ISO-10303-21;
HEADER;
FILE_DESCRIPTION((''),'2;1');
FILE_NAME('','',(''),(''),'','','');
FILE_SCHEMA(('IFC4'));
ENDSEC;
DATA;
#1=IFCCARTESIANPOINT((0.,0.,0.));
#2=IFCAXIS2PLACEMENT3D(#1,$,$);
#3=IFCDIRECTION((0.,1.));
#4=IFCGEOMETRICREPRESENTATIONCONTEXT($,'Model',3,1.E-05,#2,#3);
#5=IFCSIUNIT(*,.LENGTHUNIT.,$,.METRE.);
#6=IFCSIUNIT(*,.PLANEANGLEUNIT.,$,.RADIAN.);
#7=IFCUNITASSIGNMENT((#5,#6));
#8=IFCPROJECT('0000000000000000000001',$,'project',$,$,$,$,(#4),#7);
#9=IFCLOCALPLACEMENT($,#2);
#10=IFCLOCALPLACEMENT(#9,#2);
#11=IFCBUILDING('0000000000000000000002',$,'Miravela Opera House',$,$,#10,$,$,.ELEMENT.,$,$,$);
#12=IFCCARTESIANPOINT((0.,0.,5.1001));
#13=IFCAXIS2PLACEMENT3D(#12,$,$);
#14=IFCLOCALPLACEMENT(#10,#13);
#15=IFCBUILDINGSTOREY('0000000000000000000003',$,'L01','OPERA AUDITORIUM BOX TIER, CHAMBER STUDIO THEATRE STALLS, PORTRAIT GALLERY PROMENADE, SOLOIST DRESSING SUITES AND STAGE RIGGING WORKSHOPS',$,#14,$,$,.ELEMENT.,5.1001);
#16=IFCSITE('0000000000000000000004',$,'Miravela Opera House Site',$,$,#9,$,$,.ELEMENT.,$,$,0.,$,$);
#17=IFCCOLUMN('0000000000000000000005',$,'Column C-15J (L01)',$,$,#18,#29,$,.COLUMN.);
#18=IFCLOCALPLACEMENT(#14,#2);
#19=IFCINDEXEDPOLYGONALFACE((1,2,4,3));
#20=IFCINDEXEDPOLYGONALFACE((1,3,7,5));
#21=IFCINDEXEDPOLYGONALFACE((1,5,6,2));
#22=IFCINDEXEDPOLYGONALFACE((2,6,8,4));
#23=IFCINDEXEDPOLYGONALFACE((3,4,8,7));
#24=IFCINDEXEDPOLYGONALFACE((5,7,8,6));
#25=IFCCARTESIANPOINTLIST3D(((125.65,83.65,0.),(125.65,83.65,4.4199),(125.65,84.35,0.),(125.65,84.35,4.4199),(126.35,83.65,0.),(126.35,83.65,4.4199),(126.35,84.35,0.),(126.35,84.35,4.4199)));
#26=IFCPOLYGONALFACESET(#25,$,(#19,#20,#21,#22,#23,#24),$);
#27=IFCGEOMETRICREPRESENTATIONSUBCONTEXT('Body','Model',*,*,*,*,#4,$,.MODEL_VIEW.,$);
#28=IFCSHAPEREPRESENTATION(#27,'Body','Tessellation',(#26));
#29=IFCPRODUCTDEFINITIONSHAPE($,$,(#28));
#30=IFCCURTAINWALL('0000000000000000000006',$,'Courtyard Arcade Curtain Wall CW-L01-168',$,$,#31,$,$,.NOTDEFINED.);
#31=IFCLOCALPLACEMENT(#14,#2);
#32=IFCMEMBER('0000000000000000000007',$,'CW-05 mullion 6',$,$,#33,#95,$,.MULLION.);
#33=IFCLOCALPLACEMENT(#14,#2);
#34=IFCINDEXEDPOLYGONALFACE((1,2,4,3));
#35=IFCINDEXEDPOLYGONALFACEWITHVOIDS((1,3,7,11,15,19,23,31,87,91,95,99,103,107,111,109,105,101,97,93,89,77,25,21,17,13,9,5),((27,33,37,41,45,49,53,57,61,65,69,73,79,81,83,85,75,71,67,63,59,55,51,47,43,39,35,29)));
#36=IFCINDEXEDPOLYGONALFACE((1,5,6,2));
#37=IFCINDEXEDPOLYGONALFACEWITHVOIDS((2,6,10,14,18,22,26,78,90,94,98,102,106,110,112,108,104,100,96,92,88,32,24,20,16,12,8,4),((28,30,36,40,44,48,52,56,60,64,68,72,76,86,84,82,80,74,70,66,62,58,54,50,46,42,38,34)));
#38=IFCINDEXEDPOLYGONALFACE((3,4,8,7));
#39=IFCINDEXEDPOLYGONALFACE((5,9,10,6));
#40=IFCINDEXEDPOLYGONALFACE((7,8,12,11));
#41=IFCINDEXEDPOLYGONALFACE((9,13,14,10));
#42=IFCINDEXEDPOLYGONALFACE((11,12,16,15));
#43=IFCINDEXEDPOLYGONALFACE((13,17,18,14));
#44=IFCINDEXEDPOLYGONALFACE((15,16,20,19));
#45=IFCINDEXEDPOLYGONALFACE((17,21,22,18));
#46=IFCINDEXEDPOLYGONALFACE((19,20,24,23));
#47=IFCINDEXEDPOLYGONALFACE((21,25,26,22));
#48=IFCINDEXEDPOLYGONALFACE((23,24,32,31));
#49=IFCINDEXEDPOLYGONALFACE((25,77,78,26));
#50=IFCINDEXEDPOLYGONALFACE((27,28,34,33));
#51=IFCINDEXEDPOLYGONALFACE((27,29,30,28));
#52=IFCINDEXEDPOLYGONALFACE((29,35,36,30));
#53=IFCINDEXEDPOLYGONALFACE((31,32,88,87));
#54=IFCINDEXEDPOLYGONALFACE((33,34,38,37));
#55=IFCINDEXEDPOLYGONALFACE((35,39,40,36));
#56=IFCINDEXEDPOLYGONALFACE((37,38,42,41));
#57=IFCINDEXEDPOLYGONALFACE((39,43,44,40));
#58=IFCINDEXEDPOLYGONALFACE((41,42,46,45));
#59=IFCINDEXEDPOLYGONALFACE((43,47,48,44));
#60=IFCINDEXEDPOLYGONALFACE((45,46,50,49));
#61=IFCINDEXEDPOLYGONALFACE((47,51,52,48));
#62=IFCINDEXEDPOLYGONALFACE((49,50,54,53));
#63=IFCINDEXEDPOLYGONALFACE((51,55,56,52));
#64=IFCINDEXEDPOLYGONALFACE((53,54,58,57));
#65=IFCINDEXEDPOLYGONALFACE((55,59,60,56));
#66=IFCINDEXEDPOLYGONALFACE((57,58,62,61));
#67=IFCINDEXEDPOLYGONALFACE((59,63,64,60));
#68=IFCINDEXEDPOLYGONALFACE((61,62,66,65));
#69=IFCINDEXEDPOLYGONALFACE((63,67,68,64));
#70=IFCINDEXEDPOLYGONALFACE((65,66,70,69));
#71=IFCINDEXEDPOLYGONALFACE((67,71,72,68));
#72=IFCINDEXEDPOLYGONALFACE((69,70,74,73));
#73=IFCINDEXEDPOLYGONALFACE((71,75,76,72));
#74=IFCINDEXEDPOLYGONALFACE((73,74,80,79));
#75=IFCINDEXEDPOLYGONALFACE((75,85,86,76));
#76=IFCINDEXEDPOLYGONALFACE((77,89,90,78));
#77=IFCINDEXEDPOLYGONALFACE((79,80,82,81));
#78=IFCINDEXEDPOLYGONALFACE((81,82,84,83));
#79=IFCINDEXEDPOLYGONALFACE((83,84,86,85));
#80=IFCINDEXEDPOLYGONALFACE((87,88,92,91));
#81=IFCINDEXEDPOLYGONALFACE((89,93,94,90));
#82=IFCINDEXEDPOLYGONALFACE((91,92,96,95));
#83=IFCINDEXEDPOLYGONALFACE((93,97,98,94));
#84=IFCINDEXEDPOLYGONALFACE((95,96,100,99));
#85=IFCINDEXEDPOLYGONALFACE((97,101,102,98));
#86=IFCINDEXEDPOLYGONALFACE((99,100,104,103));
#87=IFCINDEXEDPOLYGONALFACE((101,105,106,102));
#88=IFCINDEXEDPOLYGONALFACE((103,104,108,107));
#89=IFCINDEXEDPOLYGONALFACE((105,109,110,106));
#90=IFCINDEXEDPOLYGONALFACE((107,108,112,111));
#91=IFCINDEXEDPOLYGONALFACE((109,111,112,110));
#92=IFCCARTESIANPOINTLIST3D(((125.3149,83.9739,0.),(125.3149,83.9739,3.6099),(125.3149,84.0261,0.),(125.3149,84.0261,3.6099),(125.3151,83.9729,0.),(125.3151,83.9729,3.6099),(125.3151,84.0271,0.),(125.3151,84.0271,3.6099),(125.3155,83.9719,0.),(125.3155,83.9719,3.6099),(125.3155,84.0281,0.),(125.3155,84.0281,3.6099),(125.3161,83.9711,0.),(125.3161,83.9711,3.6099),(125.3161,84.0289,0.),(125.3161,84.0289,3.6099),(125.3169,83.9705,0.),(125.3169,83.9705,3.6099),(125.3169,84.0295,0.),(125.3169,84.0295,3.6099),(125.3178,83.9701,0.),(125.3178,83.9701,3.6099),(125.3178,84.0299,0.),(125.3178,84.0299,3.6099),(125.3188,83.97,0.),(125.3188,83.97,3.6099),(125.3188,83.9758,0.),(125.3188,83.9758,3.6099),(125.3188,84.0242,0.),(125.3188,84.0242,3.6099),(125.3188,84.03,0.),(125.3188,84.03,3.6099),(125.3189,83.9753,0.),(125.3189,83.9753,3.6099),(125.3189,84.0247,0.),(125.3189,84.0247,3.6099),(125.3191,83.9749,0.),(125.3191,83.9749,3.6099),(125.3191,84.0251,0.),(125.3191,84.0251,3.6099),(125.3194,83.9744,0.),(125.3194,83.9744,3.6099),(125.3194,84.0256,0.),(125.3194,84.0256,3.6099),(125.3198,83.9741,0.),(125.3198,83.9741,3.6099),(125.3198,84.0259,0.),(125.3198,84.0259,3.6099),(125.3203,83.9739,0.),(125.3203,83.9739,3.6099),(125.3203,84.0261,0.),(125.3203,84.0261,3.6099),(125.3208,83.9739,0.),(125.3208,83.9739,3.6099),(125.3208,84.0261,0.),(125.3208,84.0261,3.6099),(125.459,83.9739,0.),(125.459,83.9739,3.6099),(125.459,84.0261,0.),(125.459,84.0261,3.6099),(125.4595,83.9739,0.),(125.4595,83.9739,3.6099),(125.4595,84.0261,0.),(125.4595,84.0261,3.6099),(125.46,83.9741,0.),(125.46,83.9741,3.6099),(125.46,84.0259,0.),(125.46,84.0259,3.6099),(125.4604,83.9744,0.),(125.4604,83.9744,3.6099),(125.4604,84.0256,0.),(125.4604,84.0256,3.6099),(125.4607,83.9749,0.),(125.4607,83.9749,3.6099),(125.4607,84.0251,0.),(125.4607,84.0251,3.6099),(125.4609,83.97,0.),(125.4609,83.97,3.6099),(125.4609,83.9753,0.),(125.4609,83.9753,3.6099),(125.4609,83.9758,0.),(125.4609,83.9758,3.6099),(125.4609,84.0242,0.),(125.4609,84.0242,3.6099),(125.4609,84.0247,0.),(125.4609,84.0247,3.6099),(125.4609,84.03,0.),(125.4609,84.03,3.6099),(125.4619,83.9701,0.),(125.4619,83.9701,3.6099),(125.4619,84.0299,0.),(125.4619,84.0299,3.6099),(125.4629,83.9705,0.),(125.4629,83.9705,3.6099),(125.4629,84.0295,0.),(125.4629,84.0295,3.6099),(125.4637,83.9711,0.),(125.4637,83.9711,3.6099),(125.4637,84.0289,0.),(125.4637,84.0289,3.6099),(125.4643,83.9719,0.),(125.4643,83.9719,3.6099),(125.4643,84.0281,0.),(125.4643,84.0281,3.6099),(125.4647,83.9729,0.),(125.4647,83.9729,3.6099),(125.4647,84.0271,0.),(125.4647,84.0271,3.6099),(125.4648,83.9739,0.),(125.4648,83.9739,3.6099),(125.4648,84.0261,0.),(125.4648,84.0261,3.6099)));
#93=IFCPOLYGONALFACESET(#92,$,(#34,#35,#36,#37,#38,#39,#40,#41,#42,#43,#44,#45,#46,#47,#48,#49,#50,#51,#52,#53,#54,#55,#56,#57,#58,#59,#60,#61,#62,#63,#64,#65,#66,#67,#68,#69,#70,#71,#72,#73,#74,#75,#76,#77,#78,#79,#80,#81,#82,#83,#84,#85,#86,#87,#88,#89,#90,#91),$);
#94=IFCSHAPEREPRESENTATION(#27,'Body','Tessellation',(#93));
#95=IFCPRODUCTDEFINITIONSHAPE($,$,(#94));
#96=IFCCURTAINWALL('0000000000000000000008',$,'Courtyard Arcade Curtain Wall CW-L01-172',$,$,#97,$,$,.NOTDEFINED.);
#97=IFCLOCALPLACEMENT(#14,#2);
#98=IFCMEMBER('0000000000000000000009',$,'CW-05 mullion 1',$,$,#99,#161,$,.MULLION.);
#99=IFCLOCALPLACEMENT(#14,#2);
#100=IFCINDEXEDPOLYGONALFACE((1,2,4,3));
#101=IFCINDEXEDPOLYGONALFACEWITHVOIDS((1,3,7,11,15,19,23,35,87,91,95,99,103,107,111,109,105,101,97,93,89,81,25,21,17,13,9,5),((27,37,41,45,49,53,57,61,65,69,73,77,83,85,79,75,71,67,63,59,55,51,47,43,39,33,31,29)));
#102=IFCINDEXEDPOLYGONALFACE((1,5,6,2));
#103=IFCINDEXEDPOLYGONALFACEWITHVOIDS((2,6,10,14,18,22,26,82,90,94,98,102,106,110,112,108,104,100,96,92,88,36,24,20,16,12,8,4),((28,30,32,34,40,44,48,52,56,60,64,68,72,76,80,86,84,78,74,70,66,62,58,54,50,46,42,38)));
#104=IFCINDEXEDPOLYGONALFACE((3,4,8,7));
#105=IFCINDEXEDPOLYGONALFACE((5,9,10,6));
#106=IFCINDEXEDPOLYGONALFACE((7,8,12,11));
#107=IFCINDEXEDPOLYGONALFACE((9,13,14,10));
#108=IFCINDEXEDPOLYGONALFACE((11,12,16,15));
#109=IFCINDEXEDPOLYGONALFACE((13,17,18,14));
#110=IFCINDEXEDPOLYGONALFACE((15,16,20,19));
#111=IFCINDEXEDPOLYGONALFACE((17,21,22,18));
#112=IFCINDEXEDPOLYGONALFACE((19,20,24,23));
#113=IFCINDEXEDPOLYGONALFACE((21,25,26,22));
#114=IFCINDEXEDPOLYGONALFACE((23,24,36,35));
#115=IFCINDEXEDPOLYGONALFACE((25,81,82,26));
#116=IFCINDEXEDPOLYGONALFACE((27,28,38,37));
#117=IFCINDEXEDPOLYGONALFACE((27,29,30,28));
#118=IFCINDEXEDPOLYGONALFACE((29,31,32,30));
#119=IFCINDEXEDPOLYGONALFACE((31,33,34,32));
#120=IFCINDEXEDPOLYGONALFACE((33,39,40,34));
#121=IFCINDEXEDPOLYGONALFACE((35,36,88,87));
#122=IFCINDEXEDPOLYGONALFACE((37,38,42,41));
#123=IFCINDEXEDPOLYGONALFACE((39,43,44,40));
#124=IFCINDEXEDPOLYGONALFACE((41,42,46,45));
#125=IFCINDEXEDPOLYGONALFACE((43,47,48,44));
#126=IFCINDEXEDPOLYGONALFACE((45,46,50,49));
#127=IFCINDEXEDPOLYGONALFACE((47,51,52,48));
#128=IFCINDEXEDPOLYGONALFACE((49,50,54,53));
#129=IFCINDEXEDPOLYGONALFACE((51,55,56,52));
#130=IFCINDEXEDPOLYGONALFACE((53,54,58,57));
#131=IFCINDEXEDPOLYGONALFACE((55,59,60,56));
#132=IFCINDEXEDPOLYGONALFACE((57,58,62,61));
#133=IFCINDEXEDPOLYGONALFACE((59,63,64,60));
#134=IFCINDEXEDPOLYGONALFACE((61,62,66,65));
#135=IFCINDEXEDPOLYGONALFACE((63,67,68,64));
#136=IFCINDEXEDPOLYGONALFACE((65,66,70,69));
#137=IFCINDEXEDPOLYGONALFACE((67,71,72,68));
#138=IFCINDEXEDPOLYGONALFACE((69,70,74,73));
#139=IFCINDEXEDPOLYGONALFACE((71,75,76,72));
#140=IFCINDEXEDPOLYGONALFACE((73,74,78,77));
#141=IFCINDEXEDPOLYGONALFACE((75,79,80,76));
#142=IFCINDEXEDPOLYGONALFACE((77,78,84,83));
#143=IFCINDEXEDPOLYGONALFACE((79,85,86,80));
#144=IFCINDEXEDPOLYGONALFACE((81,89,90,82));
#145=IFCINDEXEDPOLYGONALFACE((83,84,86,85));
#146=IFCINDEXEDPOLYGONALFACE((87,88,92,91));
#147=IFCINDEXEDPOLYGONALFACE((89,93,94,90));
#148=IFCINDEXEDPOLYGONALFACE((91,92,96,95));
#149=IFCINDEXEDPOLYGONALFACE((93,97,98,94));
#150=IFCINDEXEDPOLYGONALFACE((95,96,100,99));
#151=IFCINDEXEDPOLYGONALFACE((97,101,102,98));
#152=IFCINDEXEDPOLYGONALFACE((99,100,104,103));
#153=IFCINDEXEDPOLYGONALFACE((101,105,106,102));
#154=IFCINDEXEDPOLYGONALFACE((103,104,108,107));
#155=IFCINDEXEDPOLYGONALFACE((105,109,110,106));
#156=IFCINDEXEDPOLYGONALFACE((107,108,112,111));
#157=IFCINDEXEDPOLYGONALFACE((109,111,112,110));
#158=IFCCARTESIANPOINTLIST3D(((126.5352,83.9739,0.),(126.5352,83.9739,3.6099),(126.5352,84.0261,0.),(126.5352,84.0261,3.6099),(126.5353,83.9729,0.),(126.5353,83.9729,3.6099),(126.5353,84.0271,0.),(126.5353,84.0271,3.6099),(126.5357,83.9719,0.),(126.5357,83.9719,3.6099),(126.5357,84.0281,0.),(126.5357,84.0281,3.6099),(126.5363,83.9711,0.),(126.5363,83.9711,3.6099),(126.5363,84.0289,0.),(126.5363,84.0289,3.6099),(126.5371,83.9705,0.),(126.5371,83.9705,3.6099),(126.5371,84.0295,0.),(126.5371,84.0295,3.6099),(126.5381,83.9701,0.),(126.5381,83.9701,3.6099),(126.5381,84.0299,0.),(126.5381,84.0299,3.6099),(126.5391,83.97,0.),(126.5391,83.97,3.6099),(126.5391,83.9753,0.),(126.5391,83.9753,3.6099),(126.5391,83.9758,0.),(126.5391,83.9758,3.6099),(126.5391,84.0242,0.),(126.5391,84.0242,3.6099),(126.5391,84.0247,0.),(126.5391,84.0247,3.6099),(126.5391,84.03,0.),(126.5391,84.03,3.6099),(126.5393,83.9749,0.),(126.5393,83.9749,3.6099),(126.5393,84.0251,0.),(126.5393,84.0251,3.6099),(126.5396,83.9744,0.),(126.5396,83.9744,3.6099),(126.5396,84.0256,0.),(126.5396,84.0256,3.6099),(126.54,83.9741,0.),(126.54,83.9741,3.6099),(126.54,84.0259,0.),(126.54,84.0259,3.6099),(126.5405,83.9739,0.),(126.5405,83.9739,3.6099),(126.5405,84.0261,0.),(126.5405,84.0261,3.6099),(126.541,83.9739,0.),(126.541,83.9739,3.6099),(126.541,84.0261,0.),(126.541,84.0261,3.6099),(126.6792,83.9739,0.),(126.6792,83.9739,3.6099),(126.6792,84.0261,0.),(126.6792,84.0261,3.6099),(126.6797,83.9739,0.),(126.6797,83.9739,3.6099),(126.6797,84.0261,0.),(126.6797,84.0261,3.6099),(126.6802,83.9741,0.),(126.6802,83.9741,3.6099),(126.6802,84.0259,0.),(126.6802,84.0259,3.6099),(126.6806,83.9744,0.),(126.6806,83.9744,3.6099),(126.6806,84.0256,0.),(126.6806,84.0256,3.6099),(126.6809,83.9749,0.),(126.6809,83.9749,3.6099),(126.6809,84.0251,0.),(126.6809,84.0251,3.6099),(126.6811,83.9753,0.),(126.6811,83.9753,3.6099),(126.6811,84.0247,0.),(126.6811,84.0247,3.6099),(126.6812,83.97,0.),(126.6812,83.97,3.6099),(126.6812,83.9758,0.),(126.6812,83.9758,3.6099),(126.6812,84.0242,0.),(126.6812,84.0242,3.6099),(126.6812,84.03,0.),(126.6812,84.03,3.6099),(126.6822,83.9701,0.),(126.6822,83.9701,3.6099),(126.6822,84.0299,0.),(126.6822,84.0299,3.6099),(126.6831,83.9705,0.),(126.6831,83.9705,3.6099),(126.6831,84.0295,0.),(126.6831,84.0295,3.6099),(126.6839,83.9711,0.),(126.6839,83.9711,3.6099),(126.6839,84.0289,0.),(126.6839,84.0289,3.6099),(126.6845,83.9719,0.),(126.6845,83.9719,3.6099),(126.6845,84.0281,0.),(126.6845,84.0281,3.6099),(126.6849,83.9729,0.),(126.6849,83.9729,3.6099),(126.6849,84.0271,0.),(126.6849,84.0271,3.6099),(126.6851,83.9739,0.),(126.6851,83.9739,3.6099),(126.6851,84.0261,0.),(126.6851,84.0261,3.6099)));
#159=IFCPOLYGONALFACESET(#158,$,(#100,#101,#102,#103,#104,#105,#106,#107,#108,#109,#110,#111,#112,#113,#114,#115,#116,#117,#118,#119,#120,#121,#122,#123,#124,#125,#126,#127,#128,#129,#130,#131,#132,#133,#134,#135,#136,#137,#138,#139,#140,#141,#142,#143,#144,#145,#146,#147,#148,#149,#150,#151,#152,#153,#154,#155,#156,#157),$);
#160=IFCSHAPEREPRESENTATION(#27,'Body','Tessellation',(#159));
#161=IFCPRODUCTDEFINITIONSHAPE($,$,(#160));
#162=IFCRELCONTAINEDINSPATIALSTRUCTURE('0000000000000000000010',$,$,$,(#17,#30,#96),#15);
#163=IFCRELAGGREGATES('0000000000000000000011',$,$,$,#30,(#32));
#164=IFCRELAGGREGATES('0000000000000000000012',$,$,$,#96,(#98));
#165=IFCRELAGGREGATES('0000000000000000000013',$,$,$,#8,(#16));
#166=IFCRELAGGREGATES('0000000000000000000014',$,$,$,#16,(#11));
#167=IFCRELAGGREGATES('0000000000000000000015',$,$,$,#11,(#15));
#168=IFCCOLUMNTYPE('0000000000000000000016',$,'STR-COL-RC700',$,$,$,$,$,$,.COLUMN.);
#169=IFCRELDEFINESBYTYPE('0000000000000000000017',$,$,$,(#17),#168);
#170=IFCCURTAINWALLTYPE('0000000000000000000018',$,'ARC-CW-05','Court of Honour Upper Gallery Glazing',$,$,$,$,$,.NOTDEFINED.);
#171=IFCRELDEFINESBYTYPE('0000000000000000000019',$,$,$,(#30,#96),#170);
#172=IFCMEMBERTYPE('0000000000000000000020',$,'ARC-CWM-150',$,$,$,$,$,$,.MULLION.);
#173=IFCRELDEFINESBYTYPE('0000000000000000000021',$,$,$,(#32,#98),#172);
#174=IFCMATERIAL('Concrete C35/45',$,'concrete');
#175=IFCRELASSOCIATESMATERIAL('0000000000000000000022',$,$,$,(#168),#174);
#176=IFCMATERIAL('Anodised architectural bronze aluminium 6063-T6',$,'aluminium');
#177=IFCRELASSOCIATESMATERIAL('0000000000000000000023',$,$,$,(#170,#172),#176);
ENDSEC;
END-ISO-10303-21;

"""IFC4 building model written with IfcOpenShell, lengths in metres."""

from ifc_helpers import new_model, si_unit, direction, frame, origin, origin_2d, place, context, subcontext, project, spatial, rectangle, hollow_rectangle, extrude, material, material_profile, profile_set, type_object, element, aggregate, save


model = new_model("IFC4")

# Units and contexts
model_context = context("Model", 3, precision=1e-05, world=origin(), true_north=direction((0.0, 1.0)))
body_context = subcontext(model_context, "Body", "Model", "MODEL_VIEW")
ifc_project = project(units=[si_unit("LENGTHUNIT", "METRE"), si_unit("PLANEANGLEUNIT", "RADIAN")], contexts=[model_context])

# Site, building, storey
site_placement = place(None, origin())
site = spatial("IfcSite", under=ifc_project, at=site_placement, Name="Miravela Opera House Site", CompositionType="ELEMENT", RefElevation=0.0)
building_placement = place(site_placement, origin())
building = spatial("IfcBuilding", under=site, at=building_placement, Name="Miravela Opera House", CompositionType="ELEMENT")
storey_placement = place(building_placement, frame((0.0, 0.0, 5.1001)))
storey = spatial("IfcBuildingStorey", under=building, at=storey_placement, Name="L01", Description="OPERA AUDITORIUM BOX TIER, CHAMBER STUDIO THEATRE STALLS, PORTRAIT GALLERY PROMENADE, SOLOIST DRESSING SUITES AND STAGE RIGGING WORKSHOPS", CompositionType="ELEMENT", Elevation=5.1001)

# Column
ifc_material_1 = material(Name="Concrete C35/45", Category="concrete")
ifc_material_profile_1 = material_profile(ifc_material_1, rectangle(XDim=0.7, YDim=0.7, at=origin_2d()), Name="RC-COL-700X700")
ifc_profile_set_1 = profile_set([ifc_material_profile_1])
column_type = type_object("IfcColumnType", Name="STR-COL-RC700", PredefinedType="COLUMN", material=ifc_profile_set_1)
column_placement = place(storey_placement, frame((126.0, 84.0, 0.0), z_axis=(0.0, 0.0, 1.0), x_axis=(1.0, 0.0, 0.0)))
element("IfcColumn", 1, at=column_placement, inside=storey, type_object=column_type, Name="Column C-15J (L01)", PredefinedType="COLUMN", context=body_context, shape_type="SweptSolid", body=[
    extrude(rectangle(XDim=0.7, YDim=0.7, at=origin_2d()), origin(), (0.0, 0.0, 1.0), 4.4199),
])

# Curtain wall, member
ifc_material_2 = material(Name="Anodised architectural bronze aluminium 6063-T6", Category="aluminium")
curtain_wall_type = type_object("IfcCurtainWallType", Name="ARC-CW-05", Description="Court of Honour Upper Gallery Glazing", PredefinedType="NOTDEFINED", material=ifc_material_2)
curtain_wall_1_placement = place(storey_placement, origin())
curtain_wall_1 = element("IfcCurtainWall", 2, at=curtain_wall_1_placement, inside=storey, type_object=curtain_wall_type, Name="Courtyard Arcade Curtain Wall CW-L01-168", PredefinedType="NOTDEFINED")
ifc_material_profile_2 = material_profile(ifc_material_2, hollow_rectangle(XDim=0.0601, YDim=0.1499, WallThickness=0.0039, InnerFilletRadius=0.002, OuterFilletRadius=0.0039, at=origin_2d()), Name="CWM-60X150")
ifc_profile_set_2 = profile_set([ifc_material_profile_2])
member_type_1 = type_object("IfcMemberType", Name="ARC-CWM-150", PredefinedType="MULLION", material=ifc_profile_set_2)
member_1_placement = place(storey_placement, frame((125.3899, 84.0, 0.0), z_axis=(0.0, 0.0, 1.0), x_axis=(0.0, 1.0, 0.0)))
member_1 = element("IfcMember", 3, at=member_1_placement, type_object=member_type_1, Name="CW-05 mullion 6", PredefinedType="MULLION", context=body_context, shape_type="SweptSolid", body=[
    extrude(hollow_rectangle(XDim=0.0601, YDim=0.1499, WallThickness=0.0039, InnerFilletRadius=0.002, OuterFilletRadius=0.0039, at=origin_2d()), origin(), (0.0, 0.0, 1.0), 3.6099),
])

# Curtain wall, member
curtain_wall_2_placement = place(storey_placement, origin())
curtain_wall_2 = element("IfcCurtainWall", 4, at=curtain_wall_2_placement, inside=storey, type_object=curtain_wall_type, Name="Courtyard Arcade Curtain Wall CW-L01-172", PredefinedType="NOTDEFINED")
member_2_placement = place(storey_placement, frame((126.6101, 84.0, 0.0), z_axis=(0.0, 0.0, 1.0), x_axis=(0.0, 1.0, 0.0)))
member_2 = element("IfcMember", 5, at=member_2_placement, type_object=member_type_1, Name="CW-05 mullion 1", PredefinedType="MULLION", context=body_context, shape_type="SweptSolid", body=[
    extrude(hollow_rectangle(XDim=0.0601, YDim=0.1499, WallThickness=0.0039, InnerFilletRadius=0.002, OuterFilletRadius=0.0039, at=origin_2d()), origin(), (0.0, 0.0, 1.0), 3.6099),
])

aggregate(curtain_wall_1, [member_1])
aggregate(curtain_wall_2, [member_2])

save(model, "model.ifc")
